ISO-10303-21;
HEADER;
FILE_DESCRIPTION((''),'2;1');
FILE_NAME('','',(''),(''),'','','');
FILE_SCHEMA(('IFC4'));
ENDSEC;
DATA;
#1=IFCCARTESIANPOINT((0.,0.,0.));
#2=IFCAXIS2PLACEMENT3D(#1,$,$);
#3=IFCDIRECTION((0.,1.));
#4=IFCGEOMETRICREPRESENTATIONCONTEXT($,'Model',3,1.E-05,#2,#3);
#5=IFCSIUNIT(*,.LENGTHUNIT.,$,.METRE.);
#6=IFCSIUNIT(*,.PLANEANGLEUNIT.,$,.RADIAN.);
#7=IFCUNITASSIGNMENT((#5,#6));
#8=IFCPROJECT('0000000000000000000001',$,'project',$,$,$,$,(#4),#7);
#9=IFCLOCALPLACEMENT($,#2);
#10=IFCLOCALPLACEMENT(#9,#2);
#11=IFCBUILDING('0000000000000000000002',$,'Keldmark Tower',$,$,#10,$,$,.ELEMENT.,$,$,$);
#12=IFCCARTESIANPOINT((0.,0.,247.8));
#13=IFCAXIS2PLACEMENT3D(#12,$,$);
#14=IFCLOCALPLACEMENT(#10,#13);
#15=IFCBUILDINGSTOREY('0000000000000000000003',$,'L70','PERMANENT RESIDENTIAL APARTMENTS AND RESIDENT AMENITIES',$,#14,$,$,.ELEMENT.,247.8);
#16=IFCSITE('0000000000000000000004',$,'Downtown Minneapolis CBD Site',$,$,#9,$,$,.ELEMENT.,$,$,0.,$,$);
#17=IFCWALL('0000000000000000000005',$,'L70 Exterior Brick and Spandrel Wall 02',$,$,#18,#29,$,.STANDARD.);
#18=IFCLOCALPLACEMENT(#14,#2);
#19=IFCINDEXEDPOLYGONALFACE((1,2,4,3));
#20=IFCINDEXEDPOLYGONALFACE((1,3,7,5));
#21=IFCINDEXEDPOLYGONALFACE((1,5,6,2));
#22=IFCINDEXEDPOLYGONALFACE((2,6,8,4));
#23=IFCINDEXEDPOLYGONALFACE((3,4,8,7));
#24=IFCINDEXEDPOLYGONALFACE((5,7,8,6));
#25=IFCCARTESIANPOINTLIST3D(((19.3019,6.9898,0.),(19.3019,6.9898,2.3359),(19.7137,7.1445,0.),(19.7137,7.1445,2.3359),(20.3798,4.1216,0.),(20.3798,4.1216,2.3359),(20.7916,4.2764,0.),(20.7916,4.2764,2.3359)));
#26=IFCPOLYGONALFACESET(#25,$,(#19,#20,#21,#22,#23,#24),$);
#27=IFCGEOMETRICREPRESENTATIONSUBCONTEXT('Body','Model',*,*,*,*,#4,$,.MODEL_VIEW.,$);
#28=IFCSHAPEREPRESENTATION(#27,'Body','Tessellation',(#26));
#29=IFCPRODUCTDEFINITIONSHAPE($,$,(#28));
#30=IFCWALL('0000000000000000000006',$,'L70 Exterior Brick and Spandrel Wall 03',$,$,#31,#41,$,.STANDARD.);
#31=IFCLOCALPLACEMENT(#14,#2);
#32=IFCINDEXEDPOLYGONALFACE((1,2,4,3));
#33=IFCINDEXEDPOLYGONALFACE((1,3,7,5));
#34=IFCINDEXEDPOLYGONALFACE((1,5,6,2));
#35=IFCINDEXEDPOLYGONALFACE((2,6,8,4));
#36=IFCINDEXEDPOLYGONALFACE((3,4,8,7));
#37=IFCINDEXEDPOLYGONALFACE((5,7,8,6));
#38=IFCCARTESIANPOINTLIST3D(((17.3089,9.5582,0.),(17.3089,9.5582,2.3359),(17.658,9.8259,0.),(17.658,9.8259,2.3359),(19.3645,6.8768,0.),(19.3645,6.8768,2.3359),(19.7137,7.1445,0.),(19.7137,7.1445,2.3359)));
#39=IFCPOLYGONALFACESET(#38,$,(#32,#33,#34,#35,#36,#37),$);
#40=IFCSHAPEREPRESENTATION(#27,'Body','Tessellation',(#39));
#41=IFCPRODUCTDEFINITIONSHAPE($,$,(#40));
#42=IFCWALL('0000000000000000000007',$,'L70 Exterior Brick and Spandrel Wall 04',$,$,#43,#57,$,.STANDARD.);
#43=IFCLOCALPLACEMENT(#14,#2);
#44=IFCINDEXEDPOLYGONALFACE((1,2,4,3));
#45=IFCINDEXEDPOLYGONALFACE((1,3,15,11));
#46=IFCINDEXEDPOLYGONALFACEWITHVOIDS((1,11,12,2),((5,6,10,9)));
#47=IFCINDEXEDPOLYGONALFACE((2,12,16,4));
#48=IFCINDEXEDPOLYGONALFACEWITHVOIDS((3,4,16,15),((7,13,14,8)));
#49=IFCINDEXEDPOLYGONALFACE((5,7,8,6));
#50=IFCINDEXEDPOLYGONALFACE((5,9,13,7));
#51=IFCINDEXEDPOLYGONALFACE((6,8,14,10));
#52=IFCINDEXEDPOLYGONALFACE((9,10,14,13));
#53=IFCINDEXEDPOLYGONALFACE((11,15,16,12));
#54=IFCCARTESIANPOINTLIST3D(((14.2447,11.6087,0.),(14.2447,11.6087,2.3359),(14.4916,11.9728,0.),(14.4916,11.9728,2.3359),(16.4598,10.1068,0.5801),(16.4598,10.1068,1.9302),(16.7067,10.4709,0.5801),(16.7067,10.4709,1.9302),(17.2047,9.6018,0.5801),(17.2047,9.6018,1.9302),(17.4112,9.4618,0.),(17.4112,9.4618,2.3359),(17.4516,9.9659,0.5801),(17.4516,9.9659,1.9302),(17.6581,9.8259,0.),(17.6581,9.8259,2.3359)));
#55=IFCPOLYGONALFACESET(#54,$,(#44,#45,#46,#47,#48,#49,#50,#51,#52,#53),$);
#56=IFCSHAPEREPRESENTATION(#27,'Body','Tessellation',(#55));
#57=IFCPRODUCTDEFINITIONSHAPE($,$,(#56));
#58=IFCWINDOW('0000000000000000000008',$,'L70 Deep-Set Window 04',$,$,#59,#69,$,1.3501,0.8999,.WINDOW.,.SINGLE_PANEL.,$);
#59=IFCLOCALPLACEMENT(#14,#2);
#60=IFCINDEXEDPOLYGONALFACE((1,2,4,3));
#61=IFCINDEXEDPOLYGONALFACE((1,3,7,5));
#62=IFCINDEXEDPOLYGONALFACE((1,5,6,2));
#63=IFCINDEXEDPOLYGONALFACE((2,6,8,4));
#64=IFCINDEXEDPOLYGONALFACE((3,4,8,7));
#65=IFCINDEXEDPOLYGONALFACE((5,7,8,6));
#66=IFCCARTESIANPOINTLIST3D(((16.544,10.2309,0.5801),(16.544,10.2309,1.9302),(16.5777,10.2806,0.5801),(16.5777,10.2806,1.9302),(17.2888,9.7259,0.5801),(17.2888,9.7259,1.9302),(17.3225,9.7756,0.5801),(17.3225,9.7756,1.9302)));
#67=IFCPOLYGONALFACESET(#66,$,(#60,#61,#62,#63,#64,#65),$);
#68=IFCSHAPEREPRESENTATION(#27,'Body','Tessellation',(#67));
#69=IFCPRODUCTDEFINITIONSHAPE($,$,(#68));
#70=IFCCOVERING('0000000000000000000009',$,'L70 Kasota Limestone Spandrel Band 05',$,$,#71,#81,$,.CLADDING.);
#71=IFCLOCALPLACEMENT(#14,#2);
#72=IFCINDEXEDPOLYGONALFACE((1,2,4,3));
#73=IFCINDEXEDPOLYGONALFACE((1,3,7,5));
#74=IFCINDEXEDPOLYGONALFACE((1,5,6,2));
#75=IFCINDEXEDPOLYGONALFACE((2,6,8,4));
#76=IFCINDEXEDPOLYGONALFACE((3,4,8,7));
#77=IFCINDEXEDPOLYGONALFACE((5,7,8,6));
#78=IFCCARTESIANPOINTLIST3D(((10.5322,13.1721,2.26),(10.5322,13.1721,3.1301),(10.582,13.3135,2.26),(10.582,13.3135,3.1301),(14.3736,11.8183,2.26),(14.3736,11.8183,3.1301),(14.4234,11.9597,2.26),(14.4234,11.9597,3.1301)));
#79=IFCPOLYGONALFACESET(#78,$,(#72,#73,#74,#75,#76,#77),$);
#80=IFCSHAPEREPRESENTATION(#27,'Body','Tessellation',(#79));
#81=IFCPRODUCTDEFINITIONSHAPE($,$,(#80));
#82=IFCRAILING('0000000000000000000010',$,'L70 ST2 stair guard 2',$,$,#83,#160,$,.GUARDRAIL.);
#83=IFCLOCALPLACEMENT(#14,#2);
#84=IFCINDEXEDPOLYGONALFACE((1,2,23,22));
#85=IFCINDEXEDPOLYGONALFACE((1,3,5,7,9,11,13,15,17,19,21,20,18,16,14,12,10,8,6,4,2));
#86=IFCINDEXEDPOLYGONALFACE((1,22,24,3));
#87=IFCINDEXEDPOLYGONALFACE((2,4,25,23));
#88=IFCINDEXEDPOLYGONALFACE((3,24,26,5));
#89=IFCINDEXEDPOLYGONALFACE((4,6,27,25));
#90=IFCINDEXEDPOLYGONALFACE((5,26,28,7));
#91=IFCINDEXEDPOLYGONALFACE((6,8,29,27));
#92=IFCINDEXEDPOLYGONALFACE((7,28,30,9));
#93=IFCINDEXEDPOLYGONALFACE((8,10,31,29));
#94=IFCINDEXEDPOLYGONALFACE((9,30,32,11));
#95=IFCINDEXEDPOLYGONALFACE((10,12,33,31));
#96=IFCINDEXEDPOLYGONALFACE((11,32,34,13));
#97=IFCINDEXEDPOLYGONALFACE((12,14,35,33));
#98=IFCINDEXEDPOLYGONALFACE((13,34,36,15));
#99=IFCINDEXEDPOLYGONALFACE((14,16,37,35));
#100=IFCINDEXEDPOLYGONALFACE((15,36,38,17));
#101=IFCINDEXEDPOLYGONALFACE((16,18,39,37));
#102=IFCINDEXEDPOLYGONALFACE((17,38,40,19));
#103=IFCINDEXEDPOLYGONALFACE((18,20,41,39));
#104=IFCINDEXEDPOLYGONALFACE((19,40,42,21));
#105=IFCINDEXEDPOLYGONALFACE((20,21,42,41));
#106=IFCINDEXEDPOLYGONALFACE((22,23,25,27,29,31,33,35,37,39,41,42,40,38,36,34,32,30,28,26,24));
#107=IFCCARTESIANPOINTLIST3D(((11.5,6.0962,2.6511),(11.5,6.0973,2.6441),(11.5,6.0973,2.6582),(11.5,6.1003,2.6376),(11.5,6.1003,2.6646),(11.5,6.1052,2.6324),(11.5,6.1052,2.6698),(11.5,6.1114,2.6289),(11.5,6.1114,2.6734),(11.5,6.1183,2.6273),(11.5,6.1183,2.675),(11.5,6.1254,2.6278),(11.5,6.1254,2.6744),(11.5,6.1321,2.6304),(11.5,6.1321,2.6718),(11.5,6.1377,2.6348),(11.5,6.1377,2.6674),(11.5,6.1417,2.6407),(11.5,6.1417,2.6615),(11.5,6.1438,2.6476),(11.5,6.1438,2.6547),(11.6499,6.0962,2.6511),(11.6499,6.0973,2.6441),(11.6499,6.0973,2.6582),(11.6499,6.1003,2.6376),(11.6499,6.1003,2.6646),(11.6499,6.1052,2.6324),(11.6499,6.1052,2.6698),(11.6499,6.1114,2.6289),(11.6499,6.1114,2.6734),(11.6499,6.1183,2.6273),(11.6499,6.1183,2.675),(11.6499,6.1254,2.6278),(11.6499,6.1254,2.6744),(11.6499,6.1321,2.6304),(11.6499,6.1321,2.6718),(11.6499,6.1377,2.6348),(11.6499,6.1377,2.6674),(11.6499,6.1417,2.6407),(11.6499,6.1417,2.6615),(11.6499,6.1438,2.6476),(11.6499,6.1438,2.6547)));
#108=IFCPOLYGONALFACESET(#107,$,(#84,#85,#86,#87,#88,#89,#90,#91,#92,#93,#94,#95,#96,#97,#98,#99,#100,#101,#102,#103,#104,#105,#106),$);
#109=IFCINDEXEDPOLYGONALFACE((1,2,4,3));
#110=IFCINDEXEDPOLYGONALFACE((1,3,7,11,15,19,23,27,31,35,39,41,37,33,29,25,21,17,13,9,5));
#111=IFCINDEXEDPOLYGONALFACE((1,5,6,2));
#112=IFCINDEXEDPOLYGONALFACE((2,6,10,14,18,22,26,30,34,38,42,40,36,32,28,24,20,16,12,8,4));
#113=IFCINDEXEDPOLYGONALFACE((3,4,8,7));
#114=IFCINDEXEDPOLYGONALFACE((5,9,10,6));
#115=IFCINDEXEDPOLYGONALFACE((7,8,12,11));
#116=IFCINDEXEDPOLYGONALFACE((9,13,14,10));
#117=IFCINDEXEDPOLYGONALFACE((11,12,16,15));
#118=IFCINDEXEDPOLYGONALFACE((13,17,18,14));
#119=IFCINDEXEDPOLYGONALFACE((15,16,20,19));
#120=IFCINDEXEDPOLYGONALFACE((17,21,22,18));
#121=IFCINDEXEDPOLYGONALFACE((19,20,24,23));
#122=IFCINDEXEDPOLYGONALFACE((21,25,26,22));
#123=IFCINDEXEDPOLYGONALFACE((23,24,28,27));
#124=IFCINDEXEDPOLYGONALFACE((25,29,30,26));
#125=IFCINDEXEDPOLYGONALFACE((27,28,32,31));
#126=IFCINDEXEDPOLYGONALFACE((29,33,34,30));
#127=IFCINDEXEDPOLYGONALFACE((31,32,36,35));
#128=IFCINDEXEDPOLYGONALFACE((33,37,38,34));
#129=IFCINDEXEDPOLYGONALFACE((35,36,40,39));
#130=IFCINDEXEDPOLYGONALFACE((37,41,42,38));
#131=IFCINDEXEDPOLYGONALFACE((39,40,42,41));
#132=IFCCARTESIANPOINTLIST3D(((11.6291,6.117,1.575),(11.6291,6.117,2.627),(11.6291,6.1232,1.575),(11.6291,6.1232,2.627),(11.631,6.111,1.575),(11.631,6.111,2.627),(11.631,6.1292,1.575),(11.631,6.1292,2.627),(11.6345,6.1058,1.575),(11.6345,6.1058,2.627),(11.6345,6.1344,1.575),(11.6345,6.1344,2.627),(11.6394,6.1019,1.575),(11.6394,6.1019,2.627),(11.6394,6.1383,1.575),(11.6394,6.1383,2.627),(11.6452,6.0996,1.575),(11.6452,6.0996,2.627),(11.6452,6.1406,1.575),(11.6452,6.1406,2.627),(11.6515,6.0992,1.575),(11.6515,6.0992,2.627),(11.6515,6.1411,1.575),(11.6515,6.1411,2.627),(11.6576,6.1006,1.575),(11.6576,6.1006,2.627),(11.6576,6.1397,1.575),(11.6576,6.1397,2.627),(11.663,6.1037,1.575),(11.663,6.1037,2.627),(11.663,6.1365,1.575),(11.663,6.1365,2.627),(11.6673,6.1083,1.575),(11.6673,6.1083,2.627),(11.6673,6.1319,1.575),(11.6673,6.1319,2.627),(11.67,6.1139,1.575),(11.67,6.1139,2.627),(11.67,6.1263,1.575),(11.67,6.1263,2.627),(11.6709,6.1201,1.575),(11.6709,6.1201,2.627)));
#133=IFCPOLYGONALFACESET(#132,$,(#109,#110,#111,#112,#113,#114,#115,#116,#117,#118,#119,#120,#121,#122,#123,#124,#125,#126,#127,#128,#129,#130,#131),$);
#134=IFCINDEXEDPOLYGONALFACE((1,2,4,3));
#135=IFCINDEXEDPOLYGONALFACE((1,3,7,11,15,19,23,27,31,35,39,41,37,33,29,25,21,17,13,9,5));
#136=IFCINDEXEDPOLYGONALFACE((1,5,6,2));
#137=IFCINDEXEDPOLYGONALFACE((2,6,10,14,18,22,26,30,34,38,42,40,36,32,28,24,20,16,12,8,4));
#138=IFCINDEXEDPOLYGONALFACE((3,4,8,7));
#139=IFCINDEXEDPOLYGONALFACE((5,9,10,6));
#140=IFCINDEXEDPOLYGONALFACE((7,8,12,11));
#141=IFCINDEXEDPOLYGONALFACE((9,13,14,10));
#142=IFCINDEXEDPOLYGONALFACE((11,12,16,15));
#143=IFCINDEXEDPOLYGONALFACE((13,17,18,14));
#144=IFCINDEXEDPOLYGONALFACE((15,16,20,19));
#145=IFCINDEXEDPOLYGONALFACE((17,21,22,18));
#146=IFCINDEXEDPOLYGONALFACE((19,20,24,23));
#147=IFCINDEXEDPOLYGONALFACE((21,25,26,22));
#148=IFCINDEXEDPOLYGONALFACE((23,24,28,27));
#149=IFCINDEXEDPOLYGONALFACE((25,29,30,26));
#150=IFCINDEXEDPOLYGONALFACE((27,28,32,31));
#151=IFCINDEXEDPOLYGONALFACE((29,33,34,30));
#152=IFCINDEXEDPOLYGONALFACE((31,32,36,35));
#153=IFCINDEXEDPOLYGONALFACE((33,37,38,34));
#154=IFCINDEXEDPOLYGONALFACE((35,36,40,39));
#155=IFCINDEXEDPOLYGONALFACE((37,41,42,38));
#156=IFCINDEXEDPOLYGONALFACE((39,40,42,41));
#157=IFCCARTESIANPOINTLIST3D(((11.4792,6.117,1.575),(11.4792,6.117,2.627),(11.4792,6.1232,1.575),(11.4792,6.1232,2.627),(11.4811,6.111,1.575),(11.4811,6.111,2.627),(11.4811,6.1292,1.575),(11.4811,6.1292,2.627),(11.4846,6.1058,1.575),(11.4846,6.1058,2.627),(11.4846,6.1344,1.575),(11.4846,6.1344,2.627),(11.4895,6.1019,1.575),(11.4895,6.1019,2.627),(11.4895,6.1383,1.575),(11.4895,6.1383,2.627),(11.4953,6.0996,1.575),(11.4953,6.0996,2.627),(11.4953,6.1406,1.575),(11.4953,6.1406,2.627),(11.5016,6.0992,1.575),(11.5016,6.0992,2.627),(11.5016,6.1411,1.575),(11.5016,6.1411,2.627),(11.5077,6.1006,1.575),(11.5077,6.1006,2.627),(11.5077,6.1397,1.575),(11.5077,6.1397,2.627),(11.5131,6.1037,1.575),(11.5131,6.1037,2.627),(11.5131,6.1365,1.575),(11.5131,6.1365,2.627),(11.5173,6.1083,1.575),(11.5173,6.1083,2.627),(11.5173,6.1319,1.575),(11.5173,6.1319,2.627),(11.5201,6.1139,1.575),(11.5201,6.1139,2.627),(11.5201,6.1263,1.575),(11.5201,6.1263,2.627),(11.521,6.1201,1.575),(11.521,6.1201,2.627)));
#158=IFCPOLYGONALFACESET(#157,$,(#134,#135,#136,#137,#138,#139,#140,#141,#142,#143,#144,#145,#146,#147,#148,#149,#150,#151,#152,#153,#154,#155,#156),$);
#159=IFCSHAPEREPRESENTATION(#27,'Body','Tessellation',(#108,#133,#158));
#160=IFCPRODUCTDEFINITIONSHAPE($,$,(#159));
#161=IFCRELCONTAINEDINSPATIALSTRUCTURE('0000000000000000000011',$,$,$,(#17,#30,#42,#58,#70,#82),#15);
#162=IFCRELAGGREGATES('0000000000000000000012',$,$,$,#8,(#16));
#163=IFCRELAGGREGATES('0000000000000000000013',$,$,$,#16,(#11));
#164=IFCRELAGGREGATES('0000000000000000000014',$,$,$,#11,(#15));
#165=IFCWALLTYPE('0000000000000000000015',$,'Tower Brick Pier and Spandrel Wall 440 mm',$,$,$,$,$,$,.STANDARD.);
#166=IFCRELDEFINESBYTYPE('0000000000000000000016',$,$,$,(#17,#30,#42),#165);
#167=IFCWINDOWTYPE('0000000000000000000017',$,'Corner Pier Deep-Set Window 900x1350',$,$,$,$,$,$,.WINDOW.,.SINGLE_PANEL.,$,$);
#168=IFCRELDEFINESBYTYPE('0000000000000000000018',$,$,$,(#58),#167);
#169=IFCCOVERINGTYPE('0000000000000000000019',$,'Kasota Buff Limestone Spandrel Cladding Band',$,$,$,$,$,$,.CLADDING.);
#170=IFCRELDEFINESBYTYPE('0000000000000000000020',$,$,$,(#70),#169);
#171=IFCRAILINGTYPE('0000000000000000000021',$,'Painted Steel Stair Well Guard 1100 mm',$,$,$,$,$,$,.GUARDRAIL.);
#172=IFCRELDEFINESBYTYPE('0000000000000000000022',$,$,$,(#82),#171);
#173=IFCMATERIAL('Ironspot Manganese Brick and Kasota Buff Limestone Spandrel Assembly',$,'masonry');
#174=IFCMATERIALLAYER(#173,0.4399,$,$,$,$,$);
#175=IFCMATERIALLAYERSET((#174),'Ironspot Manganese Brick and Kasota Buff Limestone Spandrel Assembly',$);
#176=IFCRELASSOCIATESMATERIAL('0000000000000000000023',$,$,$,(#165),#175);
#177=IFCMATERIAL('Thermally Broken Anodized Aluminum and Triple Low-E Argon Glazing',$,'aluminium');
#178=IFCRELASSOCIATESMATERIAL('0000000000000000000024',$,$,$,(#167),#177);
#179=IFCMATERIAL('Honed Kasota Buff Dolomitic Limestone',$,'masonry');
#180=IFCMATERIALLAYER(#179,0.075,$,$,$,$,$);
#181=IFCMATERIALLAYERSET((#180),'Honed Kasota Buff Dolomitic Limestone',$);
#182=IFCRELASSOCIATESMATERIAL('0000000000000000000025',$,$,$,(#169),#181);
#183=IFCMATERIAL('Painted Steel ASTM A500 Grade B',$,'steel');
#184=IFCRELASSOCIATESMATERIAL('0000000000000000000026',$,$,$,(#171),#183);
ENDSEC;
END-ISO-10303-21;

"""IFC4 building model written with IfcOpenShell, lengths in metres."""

from ifc_helpers import new_model, si_unit, direction, frame, frame_2d, origin, origin_2d, place, context, subcontext, project, spatial, rectangle, circle, extrude, material, layer, layer_set, type_object, element, fill, save


model = new_model("IFC4")

# Units and contexts
model_context = context("Model", 3, precision=1e-05, world=origin(), true_north=direction((0.0, 1.0)))
body_context = subcontext(model_context, "Body", "Model", "MODEL_VIEW")
ifc_project = project(units=[si_unit("LENGTHUNIT", "METRE"), si_unit("PLANEANGLEUNIT", "RADIAN")], contexts=[model_context])

# Site, building, storey
site_placement = place(None, origin())
site = spatial("IfcSite", under=ifc_project, at=site_placement, Name="Downtown Minneapolis CBD Site", CompositionType="ELEMENT", RefElevation=0.0)
building_placement = place(site_placement, origin())
building = spatial("IfcBuilding", under=site, at=building_placement, Name="Keldmark Tower", CompositionType="ELEMENT")
storey_placement = place(building_placement, frame((0.0, 0.0, 247.8)))
storey = spatial("IfcBuildingStorey", under=building, at=storey_placement, Name="L70", Description="PERMANENT RESIDENTIAL APARTMENTS AND RESIDENT AMENITIES", CompositionType="ELEMENT", Elevation=247.8)

# Walls
ifc_material_1 = material(Name="Ironspot Manganese Brick and Kasota Buff Limestone Spandrel Assembly", Category="masonry")
ifc_layer_1 = layer(ifc_material_1, 0.4399)
ifc_layer_set_1 = layer_set([ifc_layer_1], Name="Ironspot Manganese Brick and Kasota Buff Limestone Spandrel Assembly")
wall_type = type_object("IfcWallType", Name="Tower Brick Pier and Spandrel Wall 440 mm", PredefinedType="STANDARD", material=ifc_layer_set_1)
wall_1_placement = place(storey_placement, frame((19.5078, 7.0671, 0.0), z_axis=(0.0, 0.0, 1.0), x_axis=(0.351787, -0.93608, 0.0)))
element("IfcWall", 1, at=wall_1_placement, inside=storey, type_object=wall_type, Name="L70 Exterior Brick and Spandrel Wall 02", PredefinedType="STANDARD", context=body_context, shape_type="SweptSolid", body=[
    extrude(rectangle(XDim=3.064, YDim=0.4399, at=frame_2d((1.532, 0.0))), origin(), (0.0, 0.0, 1.0), 2.3359),
])
wall_2_placement = place(storey_placement, frame((17.4834, 9.6921, 0.0), z_axis=(0.0, 0.0, 1.0), x_axis=(0.608418, -0.793617, 0.0)))
element("IfcWall", 2, at=wall_2_placement, inside=storey, type_object=wall_type, Name="L70 Exterior Brick and Spandrel Wall 03", PredefinedType="STANDARD", context=body_context, shape_type="SweptSolid", body=[
    extrude(rectangle(XDim=3.3787, YDim=0.4399, at=frame_2d((1.6895, 0.0))), origin(), (0.0, 0.0, 1.0), 2.3359),
])

# Wall, opening, window
wall_3_placement = place(storey_placement, frame((14.3682, 11.7908, 0.0), z_axis=(0.0, 0.0, 1.0), x_axis=(0.827685, -0.561192, 0.0)))
wall_3 = element("IfcWall", 3, at=wall_3_placement, inside=storey, type_object=wall_type, Name="L70 Exterior Brick and Spandrel Wall 04", PredefinedType="STANDARD", context=body_context, shape_type="SweptSolid", body=[
    extrude(rectangle(XDim=3.8257, YDim=0.4399, at=frame_2d((1.9128, 0.0))), origin(), (0.0, 0.0, 1.0), 2.3359),
])
opening_placement = place(wall_3_placement, frame((2.6763, 0.0, 0.5801)))
opening = element("IfcOpeningElement", 4, at=opening_placement, cuts=wall_3, PredefinedType="OPENING", context=body_context, shape_type="SweptSolid", body=[
    extrude(rectangle(XDim=0.8999, YDim=1.3501, at=frame_2d((0.45, 0.675))), frame((0.0, 0.23, 0.0), z_axis=(0.0, -1.0, 0.0), x_axis=(1.0, 0.0, 0.0)), (0.0, 0.0, 1.0), 0.46),
])
ifc_material_2 = material(Name="Thermally Broken Anodized Aluminum and Triple Low-E Argon Glazing", Category="aluminium")
window_type = type_object("IfcWindowType", Name="Corner Pier Deep-Set Window 900x1350", PartitioningType="SINGLE_PANEL", PredefinedType="WINDOW", material=ifc_material_2)
window_placement = place(opening_placement, origin())
window = element("IfcWindow", 5, at=window_placement, inside=storey, type_object=window_type, Name="L70 Deep-Set Window 04", OverallHeight=1.3501, OverallWidth=0.8999, PartitioningType="SINGLE_PANEL", PredefinedType="WINDOW", context=body_context, shape_type="SweptSolid", body=[
    extrude(rectangle(XDim=0.8999, YDim=1.3501, at=frame_2d((0.45, 0.675))), frame((0.0, -0.01, 0.0), z_axis=(0.0, -1.0, 0.0), x_axis=(1.0, 0.0, 0.0)), (0.0, 0.0, 1.0), 0.0601),
])
fill(opening, window)

# Covering
ifc_material_3 = material(Name="Honed Kasota Buff Dolomitic Limestone", Category="masonry")
ifc_layer_2 = layer(ifc_material_3, 0.075)
ifc_layer_set_2 = layer_set([ifc_layer_2], Name="Honed Kasota Buff Dolomitic Limestone")
covering_type = type_object("IfcCoveringType", Name="Kasota Buff Limestone Spandrel Cladding Band", PredefinedType="CLADDING", material=ifc_layer_set_2)
covering_placement = place(storey_placement, frame((12.4778, 12.5659, 2.26), z_axis=(0.0, 0.0, 1.0), x_axis=(-0.943141, 0.332392, 0.0)))
element("IfcCovering", 6, at=covering_placement, inside=storey, type_object=covering_type, Name="L70 Kasota Limestone Spandrel Band 05", PredefinedType="CLADDING", context=body_context, shape_type="SweptSolid", body=[
    extrude(rectangle(XDim=4.073, YDim=0.1499, at=origin_2d()), origin(), (0.0, 0.0, 1.0), 0.8701),
])

# Railing
ifc_material_4 = material(Name="Painted Steel ASTM A500 Grade B", Category="steel")
railing_type = type_object("IfcRailingType", Name="Painted Steel Stair Well Guard 1100 mm", PredefinedType="GUARDRAIL", material=ifc_material_4)
railing_1_placement = place(storey_placement, frame((11.6499, 6.1201, 1.575)))
element("IfcRailing", 7, at=railing_1_placement, inside=storey, type_object=railing_type, Name="L70 ST2 stair guard 2", PredefinedType="GUARDRAIL", context=body_context, shape_type="SweptSolid", body=[
    extrude(circle(Radius=0.0239, at=origin_2d()), frame((0.0, 0.0, 1.0762), z_axis=(-1.0, 0.0, 0.0), x_axis=(0.0, -1.0, 0.0)), (0.0, 0.0, 1.0), 0.1499),
    extrude(circle(Radius=0.021, at=origin_2d()), origin(), (0.0, 0.0, 1.0), 1.052),
    extrude(circle(Radius=0.021, at=origin_2d()), frame((-0.1499, 0.0, 0.0)), (0.0, 0.0, 1.0), 1.052),
])

save(model, "model.ifc")
